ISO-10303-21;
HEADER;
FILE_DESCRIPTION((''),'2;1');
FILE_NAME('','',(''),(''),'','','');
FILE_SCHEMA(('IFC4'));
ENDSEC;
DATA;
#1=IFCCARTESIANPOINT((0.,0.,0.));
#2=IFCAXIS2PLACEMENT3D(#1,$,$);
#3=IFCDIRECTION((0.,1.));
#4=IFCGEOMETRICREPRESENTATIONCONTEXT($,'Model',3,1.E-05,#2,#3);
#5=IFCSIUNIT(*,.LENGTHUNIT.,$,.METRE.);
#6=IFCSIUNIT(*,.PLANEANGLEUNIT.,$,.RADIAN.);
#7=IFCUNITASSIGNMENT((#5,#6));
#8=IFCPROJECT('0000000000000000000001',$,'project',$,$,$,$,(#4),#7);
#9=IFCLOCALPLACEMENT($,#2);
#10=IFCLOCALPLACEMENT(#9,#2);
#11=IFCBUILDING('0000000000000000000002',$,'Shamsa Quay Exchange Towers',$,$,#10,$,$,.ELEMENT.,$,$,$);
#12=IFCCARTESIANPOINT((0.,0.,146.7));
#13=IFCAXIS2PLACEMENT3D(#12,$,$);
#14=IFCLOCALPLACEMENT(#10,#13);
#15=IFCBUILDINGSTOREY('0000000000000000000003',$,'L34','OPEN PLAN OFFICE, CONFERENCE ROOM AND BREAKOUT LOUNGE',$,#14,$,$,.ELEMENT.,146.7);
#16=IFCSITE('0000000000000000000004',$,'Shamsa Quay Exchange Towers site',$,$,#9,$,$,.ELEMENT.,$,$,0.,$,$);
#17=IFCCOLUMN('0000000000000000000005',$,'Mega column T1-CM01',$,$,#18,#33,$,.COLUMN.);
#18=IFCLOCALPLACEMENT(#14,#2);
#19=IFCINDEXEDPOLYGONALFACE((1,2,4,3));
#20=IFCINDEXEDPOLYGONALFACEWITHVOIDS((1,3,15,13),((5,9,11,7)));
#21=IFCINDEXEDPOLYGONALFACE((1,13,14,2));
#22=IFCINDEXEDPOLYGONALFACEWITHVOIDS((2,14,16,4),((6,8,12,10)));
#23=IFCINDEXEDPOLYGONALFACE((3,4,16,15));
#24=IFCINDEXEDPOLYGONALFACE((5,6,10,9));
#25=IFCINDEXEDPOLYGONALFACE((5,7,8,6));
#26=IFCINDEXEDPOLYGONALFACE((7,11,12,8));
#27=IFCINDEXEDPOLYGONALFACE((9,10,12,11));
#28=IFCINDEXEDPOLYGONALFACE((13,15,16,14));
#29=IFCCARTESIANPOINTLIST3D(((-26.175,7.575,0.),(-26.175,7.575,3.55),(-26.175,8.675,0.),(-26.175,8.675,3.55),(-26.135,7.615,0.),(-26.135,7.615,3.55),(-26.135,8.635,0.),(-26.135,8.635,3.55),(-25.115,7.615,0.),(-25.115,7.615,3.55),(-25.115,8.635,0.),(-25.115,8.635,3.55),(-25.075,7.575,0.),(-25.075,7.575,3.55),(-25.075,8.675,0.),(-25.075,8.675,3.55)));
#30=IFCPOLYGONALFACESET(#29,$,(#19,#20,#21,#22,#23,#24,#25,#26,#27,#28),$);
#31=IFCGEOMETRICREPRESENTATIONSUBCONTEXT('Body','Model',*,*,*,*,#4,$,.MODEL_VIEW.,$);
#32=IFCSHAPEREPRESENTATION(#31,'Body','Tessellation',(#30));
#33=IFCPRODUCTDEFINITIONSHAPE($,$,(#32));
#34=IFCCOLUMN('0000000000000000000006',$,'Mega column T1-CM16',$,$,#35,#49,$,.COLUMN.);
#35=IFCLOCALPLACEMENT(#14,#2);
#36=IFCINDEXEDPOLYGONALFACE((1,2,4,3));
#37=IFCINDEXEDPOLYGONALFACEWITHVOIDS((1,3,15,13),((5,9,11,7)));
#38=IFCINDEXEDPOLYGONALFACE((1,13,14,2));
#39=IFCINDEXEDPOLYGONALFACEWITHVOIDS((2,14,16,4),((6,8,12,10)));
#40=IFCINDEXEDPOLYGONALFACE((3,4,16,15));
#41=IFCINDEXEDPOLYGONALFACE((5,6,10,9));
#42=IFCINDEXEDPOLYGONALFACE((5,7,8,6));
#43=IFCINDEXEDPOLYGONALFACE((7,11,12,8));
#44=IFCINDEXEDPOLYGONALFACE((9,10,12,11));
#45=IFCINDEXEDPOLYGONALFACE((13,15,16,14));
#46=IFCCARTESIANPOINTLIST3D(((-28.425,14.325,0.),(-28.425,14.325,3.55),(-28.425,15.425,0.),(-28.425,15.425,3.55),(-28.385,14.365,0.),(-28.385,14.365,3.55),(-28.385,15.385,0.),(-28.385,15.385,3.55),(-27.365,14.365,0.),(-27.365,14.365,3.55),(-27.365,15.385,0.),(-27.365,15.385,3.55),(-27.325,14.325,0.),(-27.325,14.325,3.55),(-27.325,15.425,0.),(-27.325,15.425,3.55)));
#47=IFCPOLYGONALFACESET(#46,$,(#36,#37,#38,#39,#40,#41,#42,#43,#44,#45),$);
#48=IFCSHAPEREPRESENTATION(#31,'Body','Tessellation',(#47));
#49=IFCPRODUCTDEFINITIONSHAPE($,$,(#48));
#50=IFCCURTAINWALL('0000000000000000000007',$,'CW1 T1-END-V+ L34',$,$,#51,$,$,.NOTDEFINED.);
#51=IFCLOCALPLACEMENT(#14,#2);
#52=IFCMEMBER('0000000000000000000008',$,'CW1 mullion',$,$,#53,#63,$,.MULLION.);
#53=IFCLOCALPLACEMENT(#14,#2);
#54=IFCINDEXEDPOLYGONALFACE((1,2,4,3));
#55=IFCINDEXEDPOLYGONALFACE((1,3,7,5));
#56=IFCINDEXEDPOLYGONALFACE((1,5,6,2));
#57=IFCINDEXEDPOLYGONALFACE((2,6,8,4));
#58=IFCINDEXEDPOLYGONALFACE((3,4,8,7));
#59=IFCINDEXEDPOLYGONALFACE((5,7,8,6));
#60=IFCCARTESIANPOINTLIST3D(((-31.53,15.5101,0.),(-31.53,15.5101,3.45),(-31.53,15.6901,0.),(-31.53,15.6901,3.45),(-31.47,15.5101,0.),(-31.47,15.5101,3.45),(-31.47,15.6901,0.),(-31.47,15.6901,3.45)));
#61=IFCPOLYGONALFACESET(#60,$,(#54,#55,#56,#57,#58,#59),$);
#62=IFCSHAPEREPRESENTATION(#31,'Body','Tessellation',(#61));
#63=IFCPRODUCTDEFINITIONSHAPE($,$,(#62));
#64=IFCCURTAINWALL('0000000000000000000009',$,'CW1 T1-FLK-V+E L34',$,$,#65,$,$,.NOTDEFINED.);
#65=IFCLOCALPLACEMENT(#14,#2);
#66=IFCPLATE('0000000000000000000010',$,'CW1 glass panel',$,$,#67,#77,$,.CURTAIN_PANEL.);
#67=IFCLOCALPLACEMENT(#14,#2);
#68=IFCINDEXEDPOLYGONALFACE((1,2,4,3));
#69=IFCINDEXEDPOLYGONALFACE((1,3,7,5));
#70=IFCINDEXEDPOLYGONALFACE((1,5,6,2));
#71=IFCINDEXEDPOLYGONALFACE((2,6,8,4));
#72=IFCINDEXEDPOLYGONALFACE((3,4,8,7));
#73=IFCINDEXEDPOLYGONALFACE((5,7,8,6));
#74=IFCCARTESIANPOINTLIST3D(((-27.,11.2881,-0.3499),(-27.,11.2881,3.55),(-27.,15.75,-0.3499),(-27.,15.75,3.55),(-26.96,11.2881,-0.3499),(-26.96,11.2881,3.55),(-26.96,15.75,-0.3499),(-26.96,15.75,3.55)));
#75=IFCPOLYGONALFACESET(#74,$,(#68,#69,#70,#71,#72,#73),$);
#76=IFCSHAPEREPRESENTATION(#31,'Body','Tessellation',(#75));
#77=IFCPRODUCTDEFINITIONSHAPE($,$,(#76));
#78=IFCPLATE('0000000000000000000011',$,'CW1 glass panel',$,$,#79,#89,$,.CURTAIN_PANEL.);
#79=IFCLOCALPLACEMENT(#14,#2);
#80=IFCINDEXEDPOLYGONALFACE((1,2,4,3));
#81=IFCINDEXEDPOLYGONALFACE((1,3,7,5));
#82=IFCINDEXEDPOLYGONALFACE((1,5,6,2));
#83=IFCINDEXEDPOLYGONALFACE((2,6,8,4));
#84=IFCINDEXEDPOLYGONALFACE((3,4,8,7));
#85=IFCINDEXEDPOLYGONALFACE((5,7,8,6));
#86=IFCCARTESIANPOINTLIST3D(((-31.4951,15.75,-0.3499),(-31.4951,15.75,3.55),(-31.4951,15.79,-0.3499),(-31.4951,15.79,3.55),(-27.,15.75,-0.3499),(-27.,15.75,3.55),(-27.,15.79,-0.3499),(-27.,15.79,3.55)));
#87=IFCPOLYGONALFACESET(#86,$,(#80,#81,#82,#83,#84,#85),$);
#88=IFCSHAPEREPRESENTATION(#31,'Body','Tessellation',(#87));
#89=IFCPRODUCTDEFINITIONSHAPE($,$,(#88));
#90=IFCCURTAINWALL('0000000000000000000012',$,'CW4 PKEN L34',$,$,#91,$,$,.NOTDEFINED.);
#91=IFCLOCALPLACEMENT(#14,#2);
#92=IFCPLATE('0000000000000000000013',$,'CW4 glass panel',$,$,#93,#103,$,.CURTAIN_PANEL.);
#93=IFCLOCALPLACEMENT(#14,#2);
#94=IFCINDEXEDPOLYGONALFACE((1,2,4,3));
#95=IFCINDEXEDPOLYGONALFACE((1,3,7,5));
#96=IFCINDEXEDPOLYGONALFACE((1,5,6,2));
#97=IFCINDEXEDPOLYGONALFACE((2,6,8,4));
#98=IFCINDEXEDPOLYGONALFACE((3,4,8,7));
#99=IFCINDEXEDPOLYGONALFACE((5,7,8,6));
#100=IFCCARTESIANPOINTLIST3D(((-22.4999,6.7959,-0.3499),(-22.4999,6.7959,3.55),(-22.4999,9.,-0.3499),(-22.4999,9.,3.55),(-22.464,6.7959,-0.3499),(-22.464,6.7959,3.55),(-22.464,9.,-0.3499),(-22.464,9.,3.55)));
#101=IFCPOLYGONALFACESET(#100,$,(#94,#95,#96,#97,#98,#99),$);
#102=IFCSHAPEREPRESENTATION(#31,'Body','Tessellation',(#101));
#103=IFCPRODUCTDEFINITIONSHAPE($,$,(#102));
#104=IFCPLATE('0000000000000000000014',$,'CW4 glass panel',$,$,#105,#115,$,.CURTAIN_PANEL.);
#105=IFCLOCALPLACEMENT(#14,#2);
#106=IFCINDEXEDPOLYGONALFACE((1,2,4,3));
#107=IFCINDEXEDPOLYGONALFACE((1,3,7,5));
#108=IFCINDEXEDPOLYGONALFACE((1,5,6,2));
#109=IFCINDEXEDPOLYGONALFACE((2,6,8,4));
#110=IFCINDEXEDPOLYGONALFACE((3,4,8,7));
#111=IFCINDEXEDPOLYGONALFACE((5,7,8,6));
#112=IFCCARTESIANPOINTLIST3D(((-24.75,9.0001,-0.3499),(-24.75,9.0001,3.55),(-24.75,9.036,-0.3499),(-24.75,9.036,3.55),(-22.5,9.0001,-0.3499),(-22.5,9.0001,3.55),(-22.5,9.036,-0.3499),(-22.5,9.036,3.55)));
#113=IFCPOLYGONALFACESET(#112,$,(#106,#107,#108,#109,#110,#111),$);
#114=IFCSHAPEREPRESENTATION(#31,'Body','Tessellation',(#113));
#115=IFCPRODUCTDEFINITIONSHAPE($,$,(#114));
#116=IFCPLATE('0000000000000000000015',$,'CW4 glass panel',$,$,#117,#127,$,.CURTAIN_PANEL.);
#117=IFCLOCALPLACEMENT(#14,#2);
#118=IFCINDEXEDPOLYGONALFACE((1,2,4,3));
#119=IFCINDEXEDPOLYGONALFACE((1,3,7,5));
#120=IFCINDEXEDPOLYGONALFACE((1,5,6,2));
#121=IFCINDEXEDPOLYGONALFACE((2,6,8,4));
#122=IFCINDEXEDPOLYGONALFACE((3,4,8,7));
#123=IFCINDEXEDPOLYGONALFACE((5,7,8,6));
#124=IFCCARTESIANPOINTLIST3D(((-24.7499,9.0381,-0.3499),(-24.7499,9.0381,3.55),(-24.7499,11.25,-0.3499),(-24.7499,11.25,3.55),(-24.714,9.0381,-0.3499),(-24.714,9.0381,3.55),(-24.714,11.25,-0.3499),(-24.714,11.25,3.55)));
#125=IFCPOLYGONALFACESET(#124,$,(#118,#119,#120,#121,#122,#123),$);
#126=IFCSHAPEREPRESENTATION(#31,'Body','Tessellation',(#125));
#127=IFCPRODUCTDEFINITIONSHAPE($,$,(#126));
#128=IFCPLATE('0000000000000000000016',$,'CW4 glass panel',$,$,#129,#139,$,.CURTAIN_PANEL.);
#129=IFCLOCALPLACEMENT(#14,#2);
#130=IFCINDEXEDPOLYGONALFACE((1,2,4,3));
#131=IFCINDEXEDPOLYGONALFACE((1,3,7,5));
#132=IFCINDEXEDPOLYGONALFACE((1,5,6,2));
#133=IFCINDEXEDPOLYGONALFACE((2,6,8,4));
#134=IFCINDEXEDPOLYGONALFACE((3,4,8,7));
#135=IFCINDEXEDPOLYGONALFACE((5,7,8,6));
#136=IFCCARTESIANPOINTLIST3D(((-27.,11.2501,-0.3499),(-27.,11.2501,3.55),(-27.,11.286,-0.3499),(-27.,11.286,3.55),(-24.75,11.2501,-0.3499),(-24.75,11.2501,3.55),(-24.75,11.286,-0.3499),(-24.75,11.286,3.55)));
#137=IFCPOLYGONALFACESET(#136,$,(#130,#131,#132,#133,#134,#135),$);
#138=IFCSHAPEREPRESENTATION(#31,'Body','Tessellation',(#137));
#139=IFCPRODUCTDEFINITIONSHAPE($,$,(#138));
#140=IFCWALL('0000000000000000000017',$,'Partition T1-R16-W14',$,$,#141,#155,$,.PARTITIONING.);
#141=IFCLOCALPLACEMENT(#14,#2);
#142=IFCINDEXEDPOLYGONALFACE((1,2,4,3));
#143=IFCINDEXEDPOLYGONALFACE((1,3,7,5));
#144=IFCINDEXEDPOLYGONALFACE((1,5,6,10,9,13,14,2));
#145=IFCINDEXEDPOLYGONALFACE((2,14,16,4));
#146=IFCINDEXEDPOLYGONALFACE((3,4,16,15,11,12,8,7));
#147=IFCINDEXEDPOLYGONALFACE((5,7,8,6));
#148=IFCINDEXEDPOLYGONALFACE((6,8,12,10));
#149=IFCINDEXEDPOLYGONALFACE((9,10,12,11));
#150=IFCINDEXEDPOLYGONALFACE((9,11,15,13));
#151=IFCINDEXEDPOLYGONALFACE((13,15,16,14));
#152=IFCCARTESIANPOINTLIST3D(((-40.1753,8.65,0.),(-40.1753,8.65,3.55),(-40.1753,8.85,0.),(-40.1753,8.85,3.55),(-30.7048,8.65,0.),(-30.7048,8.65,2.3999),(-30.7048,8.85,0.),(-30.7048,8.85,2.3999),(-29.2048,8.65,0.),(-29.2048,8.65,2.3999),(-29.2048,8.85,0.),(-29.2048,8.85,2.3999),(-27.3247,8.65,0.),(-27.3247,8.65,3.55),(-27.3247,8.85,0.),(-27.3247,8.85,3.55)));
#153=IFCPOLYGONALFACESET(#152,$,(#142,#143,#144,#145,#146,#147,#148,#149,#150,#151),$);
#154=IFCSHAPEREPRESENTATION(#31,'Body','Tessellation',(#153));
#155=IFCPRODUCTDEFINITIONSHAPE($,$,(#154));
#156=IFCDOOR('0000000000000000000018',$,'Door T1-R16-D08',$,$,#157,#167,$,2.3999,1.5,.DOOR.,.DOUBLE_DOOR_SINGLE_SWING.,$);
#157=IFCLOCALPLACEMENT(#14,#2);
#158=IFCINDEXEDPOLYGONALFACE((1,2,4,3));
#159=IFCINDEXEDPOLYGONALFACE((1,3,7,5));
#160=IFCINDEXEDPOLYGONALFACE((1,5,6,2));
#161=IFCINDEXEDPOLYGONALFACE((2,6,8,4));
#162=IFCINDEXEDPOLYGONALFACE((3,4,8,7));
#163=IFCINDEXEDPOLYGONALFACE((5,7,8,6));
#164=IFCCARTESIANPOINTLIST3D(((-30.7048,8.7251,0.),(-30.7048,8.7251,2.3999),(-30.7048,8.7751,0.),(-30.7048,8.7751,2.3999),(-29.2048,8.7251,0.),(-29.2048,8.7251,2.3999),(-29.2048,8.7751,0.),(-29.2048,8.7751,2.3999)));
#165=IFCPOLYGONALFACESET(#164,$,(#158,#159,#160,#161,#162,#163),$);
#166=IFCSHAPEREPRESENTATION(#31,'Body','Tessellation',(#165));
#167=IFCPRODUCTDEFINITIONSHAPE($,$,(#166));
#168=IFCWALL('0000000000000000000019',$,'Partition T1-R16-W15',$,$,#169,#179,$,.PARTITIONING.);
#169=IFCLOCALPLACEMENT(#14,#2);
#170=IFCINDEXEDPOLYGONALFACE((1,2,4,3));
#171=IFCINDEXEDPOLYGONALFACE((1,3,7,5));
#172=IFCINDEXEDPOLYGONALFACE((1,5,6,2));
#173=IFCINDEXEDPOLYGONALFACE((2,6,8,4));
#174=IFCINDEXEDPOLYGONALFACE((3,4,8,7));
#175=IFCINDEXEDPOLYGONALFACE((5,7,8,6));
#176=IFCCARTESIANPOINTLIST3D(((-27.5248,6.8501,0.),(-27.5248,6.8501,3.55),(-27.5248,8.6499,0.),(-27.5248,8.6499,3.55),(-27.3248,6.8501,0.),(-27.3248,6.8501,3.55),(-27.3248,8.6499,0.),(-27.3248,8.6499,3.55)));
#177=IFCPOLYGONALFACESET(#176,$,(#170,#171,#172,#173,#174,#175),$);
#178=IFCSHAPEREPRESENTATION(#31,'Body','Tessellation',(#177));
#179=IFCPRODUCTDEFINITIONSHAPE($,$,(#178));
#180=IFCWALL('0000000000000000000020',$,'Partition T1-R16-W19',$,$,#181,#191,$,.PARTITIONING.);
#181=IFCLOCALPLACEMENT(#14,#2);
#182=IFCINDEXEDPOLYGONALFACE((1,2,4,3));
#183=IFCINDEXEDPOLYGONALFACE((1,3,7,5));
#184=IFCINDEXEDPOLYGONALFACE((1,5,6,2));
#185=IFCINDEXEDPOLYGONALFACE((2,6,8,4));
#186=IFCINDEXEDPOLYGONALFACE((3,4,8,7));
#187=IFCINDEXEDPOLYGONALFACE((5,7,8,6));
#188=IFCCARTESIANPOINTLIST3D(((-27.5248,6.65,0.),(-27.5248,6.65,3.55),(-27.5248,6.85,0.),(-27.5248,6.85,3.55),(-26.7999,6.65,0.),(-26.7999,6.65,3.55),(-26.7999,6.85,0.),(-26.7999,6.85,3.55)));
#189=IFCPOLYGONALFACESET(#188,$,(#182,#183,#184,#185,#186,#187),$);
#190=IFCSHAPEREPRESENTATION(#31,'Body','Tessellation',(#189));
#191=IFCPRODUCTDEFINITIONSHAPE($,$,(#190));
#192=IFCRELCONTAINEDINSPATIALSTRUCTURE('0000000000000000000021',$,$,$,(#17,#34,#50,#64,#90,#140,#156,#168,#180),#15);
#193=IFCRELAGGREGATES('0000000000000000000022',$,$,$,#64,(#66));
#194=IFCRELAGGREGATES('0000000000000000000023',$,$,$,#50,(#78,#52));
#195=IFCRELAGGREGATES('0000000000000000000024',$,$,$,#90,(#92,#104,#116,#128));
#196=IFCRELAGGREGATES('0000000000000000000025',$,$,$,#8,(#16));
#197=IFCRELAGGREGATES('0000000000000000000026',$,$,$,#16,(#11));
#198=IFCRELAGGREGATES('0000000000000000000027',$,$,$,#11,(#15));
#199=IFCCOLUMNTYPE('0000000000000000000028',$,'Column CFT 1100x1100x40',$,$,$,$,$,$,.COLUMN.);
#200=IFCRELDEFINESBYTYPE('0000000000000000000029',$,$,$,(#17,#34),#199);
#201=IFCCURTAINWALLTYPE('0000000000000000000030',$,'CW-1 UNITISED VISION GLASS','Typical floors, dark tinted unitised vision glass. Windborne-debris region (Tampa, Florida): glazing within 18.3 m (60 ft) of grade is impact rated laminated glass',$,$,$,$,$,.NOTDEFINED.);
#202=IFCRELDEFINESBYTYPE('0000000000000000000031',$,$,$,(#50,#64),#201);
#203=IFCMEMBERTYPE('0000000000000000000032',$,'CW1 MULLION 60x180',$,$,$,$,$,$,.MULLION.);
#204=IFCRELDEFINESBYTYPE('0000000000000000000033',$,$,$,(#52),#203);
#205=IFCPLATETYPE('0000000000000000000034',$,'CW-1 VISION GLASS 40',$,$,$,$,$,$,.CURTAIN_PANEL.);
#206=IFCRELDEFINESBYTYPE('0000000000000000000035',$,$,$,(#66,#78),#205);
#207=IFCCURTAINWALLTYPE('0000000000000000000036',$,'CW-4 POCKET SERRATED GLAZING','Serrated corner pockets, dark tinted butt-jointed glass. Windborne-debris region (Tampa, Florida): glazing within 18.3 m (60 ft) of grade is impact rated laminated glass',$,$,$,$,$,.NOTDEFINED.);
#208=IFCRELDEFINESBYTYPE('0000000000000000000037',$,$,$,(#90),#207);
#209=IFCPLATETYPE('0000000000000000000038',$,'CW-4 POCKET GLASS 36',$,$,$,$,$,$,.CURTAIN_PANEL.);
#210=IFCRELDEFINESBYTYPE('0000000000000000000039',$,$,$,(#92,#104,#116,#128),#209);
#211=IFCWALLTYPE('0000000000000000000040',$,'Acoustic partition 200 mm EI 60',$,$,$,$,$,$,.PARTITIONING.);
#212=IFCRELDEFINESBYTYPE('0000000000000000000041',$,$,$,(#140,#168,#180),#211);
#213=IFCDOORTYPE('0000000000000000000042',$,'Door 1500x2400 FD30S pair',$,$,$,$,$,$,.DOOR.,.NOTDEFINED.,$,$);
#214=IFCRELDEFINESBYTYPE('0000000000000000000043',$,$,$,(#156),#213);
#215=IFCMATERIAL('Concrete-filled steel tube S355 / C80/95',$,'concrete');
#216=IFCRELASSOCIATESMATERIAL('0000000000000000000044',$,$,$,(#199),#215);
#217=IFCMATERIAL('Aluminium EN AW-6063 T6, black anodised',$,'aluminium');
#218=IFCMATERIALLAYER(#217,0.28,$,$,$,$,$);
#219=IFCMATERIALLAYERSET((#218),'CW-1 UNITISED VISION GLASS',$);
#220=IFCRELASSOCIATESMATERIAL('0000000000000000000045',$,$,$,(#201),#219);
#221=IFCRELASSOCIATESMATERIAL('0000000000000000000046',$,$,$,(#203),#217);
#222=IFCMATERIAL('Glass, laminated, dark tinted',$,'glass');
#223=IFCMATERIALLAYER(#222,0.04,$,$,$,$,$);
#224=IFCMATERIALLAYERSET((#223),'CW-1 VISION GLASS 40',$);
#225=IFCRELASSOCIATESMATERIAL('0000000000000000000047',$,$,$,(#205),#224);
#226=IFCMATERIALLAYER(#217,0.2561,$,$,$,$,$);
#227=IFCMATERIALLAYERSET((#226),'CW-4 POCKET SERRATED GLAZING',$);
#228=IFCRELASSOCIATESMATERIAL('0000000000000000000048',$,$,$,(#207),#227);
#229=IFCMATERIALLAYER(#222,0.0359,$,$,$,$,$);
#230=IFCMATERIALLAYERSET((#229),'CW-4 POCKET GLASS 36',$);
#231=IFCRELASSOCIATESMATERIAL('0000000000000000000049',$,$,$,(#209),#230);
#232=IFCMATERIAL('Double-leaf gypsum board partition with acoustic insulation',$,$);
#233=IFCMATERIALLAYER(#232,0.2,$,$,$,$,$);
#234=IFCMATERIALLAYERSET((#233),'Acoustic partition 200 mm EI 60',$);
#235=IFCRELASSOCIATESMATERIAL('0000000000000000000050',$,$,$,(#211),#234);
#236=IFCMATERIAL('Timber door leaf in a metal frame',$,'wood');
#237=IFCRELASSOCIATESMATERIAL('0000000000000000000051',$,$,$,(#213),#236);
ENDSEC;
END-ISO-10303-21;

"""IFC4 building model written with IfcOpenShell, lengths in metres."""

from ifc_helpers import new_model, si_unit, direction, frame, frame_2d, origin, origin_2d, place, context, subcontext, project, spatial, rectangle, hollow_rectangle, extrude, material, layer, layer_set, material_profile, profile_set, type_object, element, fill, aggregate, save


model = new_model("IFC4")

# Units and contexts
model_context = context("Model", 3, precision=1e-05, world=origin(), true_north=direction((0.0, 1.0)))
body_context = subcontext(model_context, "Body", "Model", "MODEL_VIEW")
ifc_project = project(units=[si_unit("LENGTHUNIT", "METRE"), si_unit("PLANEANGLEUNIT", "RADIAN")], contexts=[model_context])

# Site, building, storey
site_placement = place(None, origin())
site = spatial("IfcSite", under=ifc_project, at=site_placement, Name="Shamsa Quay Exchange Towers site", CompositionType="ELEMENT", RefElevation=0.0)
building_placement = place(site_placement, origin())
building = spatial("IfcBuilding", under=site, at=building_placement, Name="Shamsa Quay Exchange Towers", CompositionType="ELEMENT")
storey_placement = place(building_placement, frame((0.0, 0.0, 146.7)))
storey = spatial("IfcBuildingStorey", under=building, at=storey_placement, Name="L34", Description="OPEN PLAN OFFICE, CONFERENCE ROOM AND BREAKOUT LOUNGE", CompositionType="ELEMENT", Elevation=146.7)

# Columns
ifc_material_1 = material(Name="Concrete-filled steel tube S355 / C80/95", Category="concrete")
ifc_material_profile_1 = material_profile(ifc_material_1, hollow_rectangle(XDim=1.1001, YDim=1.1001, WallThickness=0.04, at=origin_2d()), Name="CFT 1100x1100x40")
ifc_profile_set_1 = profile_set([ifc_material_profile_1], Name="Concrete-filled steel tube S355 / C80/95")
column_type = type_object("IfcColumnType", Name="Column CFT 1100x1100x40", PredefinedType="COLUMN", material=ifc_profile_set_1)
for number, where, name in (
    (1, (-25.625, 8.125, 0.0), "Mega column T1-CM01"),
    (2, (-27.875, 14.875, 0.0), "Mega column T1-CM16"),
):
    element("IfcColumn", number, at=place(storey_placement, frame(where)), inside=storey, type_object=column_type, Name=name, PredefinedType="COLUMN", context=body_context, shape_type="SweptSolid", body=[
        extrude(hollow_rectangle(XDim=1.1001, YDim=1.1001, WallThickness=0.04, at=origin_2d()), origin(), (0.0, 0.0, 1.0), 3.55),
    ])

# Curtain wall, member
ifc_material_2 = material(Name="Aluminium EN AW-6063 T6, black anodised", Category="aluminium")
ifc_layer_1 = layer(ifc_material_2, 0.28)
ifc_layer_set_1 = layer_set([ifc_layer_1], Name="CW-1 UNITISED VISION GLASS")
curtain_wall_type_1 = type_object("IfcCurtainWallType", Name="CW-1 UNITISED VISION GLASS", Description="Typical floors, dark tinted unitised vision glass. Windborne-debris region (Tampa, Florida): glazing within 18.3 m (60 ft) of grade is impact rated laminated glass", PredefinedType="NOTDEFINED", material=ifc_layer_set_1)
curtain_wall_1_placement = place(storey_placement, origin())
curtain_wall_1 = element("IfcCurtainWall", 3, at=curtain_wall_1_placement, inside=storey, type_object=curtain_wall_type_1, Name="CW1 T1-END-V+ L34", PredefinedType="NOTDEFINED")
ifc_material_profile_2 = material_profile(ifc_material_2, rectangle(XDim=0.1799, YDim=0.0601, at=origin_2d()), Name="MU60x180")
ifc_profile_set_2 = profile_set([ifc_material_profile_2], Name="Aluminium EN AW-6063 T6, black anodised")
member_type = type_object("IfcMemberType", Name="CW1 MULLION 60x180", PredefinedType="MULLION", material=ifc_profile_set_2)
member_placement = place(storey_placement, frame((-31.5, 15.6001, 0.0), z_axis=(0.0, 0.0, 1.0), x_axis=(0.0, -1.0, 0.0)))
member = element("IfcMember", 4, at=member_placement, type_object=member_type, Name="CW1 mullion", PredefinedType="MULLION", context=body_context, shape_type="SweptSolid", body=[
    extrude(rectangle(XDim=0.1799, YDim=0.0601, at=origin_2d()), origin(), (0.0, 0.0, 1.0), 3.45),
])

# Curtain wall, plate
curtain_wall_2_placement = place(storey_placement, origin())
curtain_wall_2 = element("IfcCurtainWall", 5, at=curtain_wall_2_placement, inside=storey, type_object=curtain_wall_type_1, Name="CW1 T1-FLK-V+E L34", PredefinedType="NOTDEFINED")
ifc_material_3 = material(Name="Glass, laminated, dark tinted", Category="glass")
ifc_layer_2 = layer(ifc_material_3, 0.04)
ifc_layer_set_2 = layer_set([ifc_layer_2], Name="CW-1 VISION GLASS 40")
plate_type_1 = type_object("IfcPlateType", Name="CW-1 VISION GLASS 40", PredefinedType="CURTAIN_PANEL", material=ifc_layer_set_2)
plate_1_placement = place(storey_placement, frame((-26.98, 13.519, -0.3499), z_axis=(0.0, 0.0, 1.0), x_axis=(0.0, 1.0, 0.0)))
plate_1 = element("IfcPlate", 6, at=plate_1_placement, type_object=plate_type_1, Name="CW1 glass panel", PredefinedType="CURTAIN_PANEL", context=body_context, shape_type="SweptSolid", body=[
    extrude(rectangle(XDim=4.4619, YDim=0.04, at=origin_2d()), origin(), (0.0, 0.0, 1.0), 3.8999),
])
aggregate(curtain_wall_2, [plate_1])

# Plate
plate_2_placement = place(storey_placement, frame((-29.2476, 15.77, -0.3499), z_axis=(0.0, 0.0, 1.0), x_axis=(-1.0, 0.0, 0.0)))
plate_2 = element("IfcPlate", 7, at=plate_2_placement, type_object=plate_type_1, Name="CW1 glass panel", PredefinedType="CURTAIN_PANEL", context=body_context, shape_type="SweptSolid", body=[
    extrude(rectangle(XDim=4.4951, YDim=0.04, at=origin_2d()), origin(), (0.0, 0.0, 1.0), 3.8999),
])
aggregate(curtain_wall_1, [plate_2, member])

# Curtain wall, plates
ifc_layer_3 = layer(ifc_material_2, 0.2561)
ifc_layer_set_3 = layer_set([ifc_layer_3], Name="CW-4 POCKET SERRATED GLAZING")
curtain_wall_type_2 = type_object("IfcCurtainWallType", Name="CW-4 POCKET SERRATED GLAZING", Description="Serrated corner pockets, dark tinted butt-jointed glass. Windborne-debris region (Tampa, Florida): glazing within 18.3 m (60 ft) of grade is impact rated laminated glass", PredefinedType="NOTDEFINED", material=ifc_layer_set_3)
curtain_wall_3_placement = place(storey_placement, origin())
curtain_wall_3 = element("IfcCurtainWall", 8, at=curtain_wall_3_placement, inside=storey, type_object=curtain_wall_type_2, Name="CW4 PKEN L34", PredefinedType="NOTDEFINED")
ifc_layer_4 = layer(ifc_material_3, 0.0359)
ifc_layer_set_4 = layer_set([ifc_layer_4], Name="CW-4 POCKET GLASS 36")
plate_type_2 = type_object("IfcPlateType", Name="CW-4 POCKET GLASS 36", PredefinedType="CURTAIN_PANEL", material=ifc_layer_set_4)
plate_3_placement = place(storey_placement, frame((-22.4819, 7.8979, -0.3499), z_axis=(0.0, 0.0, 1.0), x_axis=(0.0, 1.0, 0.0)))
plate_3 = element("IfcPlate", 9, at=plate_3_placement, type_object=plate_type_2, Name="CW4 glass panel", PredefinedType="CURTAIN_PANEL", context=body_context, shape_type="SweptSolid", body=[
    extrude(rectangle(XDim=2.2041, YDim=0.0359, at=origin_2d()), origin(), (0.0, 0.0, 1.0), 3.8999),
])
plate_4_placement = place(storey_placement, frame((-23.625, 9.0181, -0.3499), z_axis=(0.0, 0.0, 1.0), x_axis=(-1.0, 0.0, 0.0)))
plate_4 = element("IfcPlate", 10, at=plate_4_placement, type_object=plate_type_2, Name="CW4 glass panel", PredefinedType="CURTAIN_PANEL", context=body_context, shape_type="SweptSolid", body=[
    extrude(rectangle(XDim=2.25, YDim=0.0359, at=origin_2d()), origin(), (0.0, 0.0, 1.0), 3.8999),
])
plate_5_placement = place(storey_placement, frame((-24.7319, 10.144, -0.3499), z_axis=(0.0, 0.0, 1.0), x_axis=(0.0, 1.0, 0.0)))
plate_5 = element("IfcPlate", 11, at=plate_5_placement, type_object=plate_type_2, Name="CW4 glass panel", PredefinedType="CURTAIN_PANEL", context=body_context, shape_type="SweptSolid", body=[
    extrude(rectangle(XDim=2.2119, YDim=0.0359, at=origin_2d()), origin(), (0.0, 0.0, 1.0), 3.8999),
])
plate_6_placement = place(storey_placement, frame((-25.875, 11.2681, -0.3499), z_axis=(0.0, 0.0, 1.0), x_axis=(-1.0, 0.0, 0.0)))
plate_6 = element("IfcPlate", 12, at=plate_6_placement, type_object=plate_type_2, Name="CW4 glass panel", PredefinedType="CURTAIN_PANEL", context=body_context, shape_type="SweptSolid", body=[
    extrude(rectangle(XDim=2.25, YDim=0.0359, at=origin_2d()), origin(), (0.0, 0.0, 1.0), 3.8999),
])
aggregate(curtain_wall_3, [plate_3, plate_4, plate_5, plate_6])

# Wall, opening, door
ifc_material_4 = material(Name="Double-leaf gypsum board partition with acoustic insulation")
ifc_layer_5 = layer(ifc_material_4, 0.2)
ifc_layer_set_5 = layer_set([ifc_layer_5], Name="Acoustic partition 200 mm EI 60")
wall_type_1 = type_object("IfcWallType", Name="Acoustic partition 200 mm EI 60", PredefinedType="PARTITIONING", material=ifc_layer_set_5)
wall_1_placement = place(storey_placement, frame((-27.3247, 8.75, 0.0), z_axis=(0.0, 0.0, 1.0), x_axis=(-1.0, 0.0, 0.0)))
wall_1 = element("IfcWall", 13, at=wall_1_placement, inside=storey, type_object=wall_type_1, Name="Partition T1-R16-W14", PredefinedType="PARTITIONING", context=body_context, shape_type="SweptSolid", body=[
    extrude(rectangle(XDim=12.8506, YDim=0.2, at=frame_2d((6.4253, 0.0))), origin(), (0.0, 0.0, 1.0), 3.55),
])
opening_1_placement = place(wall_1_placement, frame((1.8801, 0.0, 0.0)))
opening_1 = element("IfcOpeningElement", 14, at=opening_1_placement, cuts=wall_1, PredefinedType="OPENING", context=body_context, shape_type="SweptSolid", body=[
    extrude(rectangle(XDim=1.5, YDim=2.3999, at=frame_2d((0.75, 1.2))), frame((0.0, 0.1099, 0.0), z_axis=(0.0, -1.0, 0.0), x_axis=(1.0, 0.0, 0.0)), (0.0, 0.0, 1.0), 0.22),
])
ifc_material_5 = material(Name="Timber door leaf in a metal frame", Category="wood")
door_type_1 = type_object("IfcDoorType", Name="Door 1500x2400 FD30S pair", OperationType="NOTDEFINED", PredefinedType="DOOR", material=ifc_material_5)
door_1_placement = place(opening_1_placement, origin())
door_1 = element("IfcDoor", 15, at=door_1_placement, inside=storey, type_object=door_type_1, Name="Door T1-R16-D08", OperationType="DOUBLE_DOOR_SINGLE_SWING", OverallHeight=2.3999, OverallWidth=1.5, PredefinedType="DOOR", context=body_context, shape_type="SweptSolid", body=[
    extrude(rectangle(XDim=1.5, YDim=2.3999, at=frame_2d((0.75, 1.2))), frame((0.0, 0.0249, 0.0), z_axis=(0.0, -1.0, 0.0), x_axis=(1.0, 0.0, 0.0)), (0.0, 0.0, 1.0), 0.05),
])
fill(opening_1, door_1)

# Walls
wall_2_placement = place(storey_placement, frame((-27.4248, 6.8501, 0.0), z_axis=(0.0, 0.0, 1.0), x_axis=(0.0, 1.0, 0.0)))
element("IfcWall", 16, at=wall_2_placement, inside=storey, type_object=wall_type_1, Name="Partition T1-R16-W15", PredefinedType="PARTITIONING", context=body_context, shape_type="SweptSolid", body=[
    extrude(rectangle(XDim=1.7998, YDim=0.2, at=frame_2d((0.8999, 0.0))), origin(), (0.0, 0.0, 1.0), 3.55),
])
wall_3_placement = place(storey_placement, frame((-26.8, 6.75, 0.0), z_axis=(0.0, 0.0, 1.0), x_axis=(-1.0, 0.0, 0.0)))
element("IfcWall", 17, at=wall_3_placement, inside=storey, type_object=wall_type_1, Name="Partition T1-R16-W19", PredefinedType="PARTITIONING", context=body_context, shape_type="SweptSolid", body=[
    extrude(rectangle(XDim=0.7249, YDim=0.2, at=frame_2d((0.3623, 0.0))), origin(), (0.0, 0.0, 1.0), 3.55),
])

save(model, "model.ifc")
